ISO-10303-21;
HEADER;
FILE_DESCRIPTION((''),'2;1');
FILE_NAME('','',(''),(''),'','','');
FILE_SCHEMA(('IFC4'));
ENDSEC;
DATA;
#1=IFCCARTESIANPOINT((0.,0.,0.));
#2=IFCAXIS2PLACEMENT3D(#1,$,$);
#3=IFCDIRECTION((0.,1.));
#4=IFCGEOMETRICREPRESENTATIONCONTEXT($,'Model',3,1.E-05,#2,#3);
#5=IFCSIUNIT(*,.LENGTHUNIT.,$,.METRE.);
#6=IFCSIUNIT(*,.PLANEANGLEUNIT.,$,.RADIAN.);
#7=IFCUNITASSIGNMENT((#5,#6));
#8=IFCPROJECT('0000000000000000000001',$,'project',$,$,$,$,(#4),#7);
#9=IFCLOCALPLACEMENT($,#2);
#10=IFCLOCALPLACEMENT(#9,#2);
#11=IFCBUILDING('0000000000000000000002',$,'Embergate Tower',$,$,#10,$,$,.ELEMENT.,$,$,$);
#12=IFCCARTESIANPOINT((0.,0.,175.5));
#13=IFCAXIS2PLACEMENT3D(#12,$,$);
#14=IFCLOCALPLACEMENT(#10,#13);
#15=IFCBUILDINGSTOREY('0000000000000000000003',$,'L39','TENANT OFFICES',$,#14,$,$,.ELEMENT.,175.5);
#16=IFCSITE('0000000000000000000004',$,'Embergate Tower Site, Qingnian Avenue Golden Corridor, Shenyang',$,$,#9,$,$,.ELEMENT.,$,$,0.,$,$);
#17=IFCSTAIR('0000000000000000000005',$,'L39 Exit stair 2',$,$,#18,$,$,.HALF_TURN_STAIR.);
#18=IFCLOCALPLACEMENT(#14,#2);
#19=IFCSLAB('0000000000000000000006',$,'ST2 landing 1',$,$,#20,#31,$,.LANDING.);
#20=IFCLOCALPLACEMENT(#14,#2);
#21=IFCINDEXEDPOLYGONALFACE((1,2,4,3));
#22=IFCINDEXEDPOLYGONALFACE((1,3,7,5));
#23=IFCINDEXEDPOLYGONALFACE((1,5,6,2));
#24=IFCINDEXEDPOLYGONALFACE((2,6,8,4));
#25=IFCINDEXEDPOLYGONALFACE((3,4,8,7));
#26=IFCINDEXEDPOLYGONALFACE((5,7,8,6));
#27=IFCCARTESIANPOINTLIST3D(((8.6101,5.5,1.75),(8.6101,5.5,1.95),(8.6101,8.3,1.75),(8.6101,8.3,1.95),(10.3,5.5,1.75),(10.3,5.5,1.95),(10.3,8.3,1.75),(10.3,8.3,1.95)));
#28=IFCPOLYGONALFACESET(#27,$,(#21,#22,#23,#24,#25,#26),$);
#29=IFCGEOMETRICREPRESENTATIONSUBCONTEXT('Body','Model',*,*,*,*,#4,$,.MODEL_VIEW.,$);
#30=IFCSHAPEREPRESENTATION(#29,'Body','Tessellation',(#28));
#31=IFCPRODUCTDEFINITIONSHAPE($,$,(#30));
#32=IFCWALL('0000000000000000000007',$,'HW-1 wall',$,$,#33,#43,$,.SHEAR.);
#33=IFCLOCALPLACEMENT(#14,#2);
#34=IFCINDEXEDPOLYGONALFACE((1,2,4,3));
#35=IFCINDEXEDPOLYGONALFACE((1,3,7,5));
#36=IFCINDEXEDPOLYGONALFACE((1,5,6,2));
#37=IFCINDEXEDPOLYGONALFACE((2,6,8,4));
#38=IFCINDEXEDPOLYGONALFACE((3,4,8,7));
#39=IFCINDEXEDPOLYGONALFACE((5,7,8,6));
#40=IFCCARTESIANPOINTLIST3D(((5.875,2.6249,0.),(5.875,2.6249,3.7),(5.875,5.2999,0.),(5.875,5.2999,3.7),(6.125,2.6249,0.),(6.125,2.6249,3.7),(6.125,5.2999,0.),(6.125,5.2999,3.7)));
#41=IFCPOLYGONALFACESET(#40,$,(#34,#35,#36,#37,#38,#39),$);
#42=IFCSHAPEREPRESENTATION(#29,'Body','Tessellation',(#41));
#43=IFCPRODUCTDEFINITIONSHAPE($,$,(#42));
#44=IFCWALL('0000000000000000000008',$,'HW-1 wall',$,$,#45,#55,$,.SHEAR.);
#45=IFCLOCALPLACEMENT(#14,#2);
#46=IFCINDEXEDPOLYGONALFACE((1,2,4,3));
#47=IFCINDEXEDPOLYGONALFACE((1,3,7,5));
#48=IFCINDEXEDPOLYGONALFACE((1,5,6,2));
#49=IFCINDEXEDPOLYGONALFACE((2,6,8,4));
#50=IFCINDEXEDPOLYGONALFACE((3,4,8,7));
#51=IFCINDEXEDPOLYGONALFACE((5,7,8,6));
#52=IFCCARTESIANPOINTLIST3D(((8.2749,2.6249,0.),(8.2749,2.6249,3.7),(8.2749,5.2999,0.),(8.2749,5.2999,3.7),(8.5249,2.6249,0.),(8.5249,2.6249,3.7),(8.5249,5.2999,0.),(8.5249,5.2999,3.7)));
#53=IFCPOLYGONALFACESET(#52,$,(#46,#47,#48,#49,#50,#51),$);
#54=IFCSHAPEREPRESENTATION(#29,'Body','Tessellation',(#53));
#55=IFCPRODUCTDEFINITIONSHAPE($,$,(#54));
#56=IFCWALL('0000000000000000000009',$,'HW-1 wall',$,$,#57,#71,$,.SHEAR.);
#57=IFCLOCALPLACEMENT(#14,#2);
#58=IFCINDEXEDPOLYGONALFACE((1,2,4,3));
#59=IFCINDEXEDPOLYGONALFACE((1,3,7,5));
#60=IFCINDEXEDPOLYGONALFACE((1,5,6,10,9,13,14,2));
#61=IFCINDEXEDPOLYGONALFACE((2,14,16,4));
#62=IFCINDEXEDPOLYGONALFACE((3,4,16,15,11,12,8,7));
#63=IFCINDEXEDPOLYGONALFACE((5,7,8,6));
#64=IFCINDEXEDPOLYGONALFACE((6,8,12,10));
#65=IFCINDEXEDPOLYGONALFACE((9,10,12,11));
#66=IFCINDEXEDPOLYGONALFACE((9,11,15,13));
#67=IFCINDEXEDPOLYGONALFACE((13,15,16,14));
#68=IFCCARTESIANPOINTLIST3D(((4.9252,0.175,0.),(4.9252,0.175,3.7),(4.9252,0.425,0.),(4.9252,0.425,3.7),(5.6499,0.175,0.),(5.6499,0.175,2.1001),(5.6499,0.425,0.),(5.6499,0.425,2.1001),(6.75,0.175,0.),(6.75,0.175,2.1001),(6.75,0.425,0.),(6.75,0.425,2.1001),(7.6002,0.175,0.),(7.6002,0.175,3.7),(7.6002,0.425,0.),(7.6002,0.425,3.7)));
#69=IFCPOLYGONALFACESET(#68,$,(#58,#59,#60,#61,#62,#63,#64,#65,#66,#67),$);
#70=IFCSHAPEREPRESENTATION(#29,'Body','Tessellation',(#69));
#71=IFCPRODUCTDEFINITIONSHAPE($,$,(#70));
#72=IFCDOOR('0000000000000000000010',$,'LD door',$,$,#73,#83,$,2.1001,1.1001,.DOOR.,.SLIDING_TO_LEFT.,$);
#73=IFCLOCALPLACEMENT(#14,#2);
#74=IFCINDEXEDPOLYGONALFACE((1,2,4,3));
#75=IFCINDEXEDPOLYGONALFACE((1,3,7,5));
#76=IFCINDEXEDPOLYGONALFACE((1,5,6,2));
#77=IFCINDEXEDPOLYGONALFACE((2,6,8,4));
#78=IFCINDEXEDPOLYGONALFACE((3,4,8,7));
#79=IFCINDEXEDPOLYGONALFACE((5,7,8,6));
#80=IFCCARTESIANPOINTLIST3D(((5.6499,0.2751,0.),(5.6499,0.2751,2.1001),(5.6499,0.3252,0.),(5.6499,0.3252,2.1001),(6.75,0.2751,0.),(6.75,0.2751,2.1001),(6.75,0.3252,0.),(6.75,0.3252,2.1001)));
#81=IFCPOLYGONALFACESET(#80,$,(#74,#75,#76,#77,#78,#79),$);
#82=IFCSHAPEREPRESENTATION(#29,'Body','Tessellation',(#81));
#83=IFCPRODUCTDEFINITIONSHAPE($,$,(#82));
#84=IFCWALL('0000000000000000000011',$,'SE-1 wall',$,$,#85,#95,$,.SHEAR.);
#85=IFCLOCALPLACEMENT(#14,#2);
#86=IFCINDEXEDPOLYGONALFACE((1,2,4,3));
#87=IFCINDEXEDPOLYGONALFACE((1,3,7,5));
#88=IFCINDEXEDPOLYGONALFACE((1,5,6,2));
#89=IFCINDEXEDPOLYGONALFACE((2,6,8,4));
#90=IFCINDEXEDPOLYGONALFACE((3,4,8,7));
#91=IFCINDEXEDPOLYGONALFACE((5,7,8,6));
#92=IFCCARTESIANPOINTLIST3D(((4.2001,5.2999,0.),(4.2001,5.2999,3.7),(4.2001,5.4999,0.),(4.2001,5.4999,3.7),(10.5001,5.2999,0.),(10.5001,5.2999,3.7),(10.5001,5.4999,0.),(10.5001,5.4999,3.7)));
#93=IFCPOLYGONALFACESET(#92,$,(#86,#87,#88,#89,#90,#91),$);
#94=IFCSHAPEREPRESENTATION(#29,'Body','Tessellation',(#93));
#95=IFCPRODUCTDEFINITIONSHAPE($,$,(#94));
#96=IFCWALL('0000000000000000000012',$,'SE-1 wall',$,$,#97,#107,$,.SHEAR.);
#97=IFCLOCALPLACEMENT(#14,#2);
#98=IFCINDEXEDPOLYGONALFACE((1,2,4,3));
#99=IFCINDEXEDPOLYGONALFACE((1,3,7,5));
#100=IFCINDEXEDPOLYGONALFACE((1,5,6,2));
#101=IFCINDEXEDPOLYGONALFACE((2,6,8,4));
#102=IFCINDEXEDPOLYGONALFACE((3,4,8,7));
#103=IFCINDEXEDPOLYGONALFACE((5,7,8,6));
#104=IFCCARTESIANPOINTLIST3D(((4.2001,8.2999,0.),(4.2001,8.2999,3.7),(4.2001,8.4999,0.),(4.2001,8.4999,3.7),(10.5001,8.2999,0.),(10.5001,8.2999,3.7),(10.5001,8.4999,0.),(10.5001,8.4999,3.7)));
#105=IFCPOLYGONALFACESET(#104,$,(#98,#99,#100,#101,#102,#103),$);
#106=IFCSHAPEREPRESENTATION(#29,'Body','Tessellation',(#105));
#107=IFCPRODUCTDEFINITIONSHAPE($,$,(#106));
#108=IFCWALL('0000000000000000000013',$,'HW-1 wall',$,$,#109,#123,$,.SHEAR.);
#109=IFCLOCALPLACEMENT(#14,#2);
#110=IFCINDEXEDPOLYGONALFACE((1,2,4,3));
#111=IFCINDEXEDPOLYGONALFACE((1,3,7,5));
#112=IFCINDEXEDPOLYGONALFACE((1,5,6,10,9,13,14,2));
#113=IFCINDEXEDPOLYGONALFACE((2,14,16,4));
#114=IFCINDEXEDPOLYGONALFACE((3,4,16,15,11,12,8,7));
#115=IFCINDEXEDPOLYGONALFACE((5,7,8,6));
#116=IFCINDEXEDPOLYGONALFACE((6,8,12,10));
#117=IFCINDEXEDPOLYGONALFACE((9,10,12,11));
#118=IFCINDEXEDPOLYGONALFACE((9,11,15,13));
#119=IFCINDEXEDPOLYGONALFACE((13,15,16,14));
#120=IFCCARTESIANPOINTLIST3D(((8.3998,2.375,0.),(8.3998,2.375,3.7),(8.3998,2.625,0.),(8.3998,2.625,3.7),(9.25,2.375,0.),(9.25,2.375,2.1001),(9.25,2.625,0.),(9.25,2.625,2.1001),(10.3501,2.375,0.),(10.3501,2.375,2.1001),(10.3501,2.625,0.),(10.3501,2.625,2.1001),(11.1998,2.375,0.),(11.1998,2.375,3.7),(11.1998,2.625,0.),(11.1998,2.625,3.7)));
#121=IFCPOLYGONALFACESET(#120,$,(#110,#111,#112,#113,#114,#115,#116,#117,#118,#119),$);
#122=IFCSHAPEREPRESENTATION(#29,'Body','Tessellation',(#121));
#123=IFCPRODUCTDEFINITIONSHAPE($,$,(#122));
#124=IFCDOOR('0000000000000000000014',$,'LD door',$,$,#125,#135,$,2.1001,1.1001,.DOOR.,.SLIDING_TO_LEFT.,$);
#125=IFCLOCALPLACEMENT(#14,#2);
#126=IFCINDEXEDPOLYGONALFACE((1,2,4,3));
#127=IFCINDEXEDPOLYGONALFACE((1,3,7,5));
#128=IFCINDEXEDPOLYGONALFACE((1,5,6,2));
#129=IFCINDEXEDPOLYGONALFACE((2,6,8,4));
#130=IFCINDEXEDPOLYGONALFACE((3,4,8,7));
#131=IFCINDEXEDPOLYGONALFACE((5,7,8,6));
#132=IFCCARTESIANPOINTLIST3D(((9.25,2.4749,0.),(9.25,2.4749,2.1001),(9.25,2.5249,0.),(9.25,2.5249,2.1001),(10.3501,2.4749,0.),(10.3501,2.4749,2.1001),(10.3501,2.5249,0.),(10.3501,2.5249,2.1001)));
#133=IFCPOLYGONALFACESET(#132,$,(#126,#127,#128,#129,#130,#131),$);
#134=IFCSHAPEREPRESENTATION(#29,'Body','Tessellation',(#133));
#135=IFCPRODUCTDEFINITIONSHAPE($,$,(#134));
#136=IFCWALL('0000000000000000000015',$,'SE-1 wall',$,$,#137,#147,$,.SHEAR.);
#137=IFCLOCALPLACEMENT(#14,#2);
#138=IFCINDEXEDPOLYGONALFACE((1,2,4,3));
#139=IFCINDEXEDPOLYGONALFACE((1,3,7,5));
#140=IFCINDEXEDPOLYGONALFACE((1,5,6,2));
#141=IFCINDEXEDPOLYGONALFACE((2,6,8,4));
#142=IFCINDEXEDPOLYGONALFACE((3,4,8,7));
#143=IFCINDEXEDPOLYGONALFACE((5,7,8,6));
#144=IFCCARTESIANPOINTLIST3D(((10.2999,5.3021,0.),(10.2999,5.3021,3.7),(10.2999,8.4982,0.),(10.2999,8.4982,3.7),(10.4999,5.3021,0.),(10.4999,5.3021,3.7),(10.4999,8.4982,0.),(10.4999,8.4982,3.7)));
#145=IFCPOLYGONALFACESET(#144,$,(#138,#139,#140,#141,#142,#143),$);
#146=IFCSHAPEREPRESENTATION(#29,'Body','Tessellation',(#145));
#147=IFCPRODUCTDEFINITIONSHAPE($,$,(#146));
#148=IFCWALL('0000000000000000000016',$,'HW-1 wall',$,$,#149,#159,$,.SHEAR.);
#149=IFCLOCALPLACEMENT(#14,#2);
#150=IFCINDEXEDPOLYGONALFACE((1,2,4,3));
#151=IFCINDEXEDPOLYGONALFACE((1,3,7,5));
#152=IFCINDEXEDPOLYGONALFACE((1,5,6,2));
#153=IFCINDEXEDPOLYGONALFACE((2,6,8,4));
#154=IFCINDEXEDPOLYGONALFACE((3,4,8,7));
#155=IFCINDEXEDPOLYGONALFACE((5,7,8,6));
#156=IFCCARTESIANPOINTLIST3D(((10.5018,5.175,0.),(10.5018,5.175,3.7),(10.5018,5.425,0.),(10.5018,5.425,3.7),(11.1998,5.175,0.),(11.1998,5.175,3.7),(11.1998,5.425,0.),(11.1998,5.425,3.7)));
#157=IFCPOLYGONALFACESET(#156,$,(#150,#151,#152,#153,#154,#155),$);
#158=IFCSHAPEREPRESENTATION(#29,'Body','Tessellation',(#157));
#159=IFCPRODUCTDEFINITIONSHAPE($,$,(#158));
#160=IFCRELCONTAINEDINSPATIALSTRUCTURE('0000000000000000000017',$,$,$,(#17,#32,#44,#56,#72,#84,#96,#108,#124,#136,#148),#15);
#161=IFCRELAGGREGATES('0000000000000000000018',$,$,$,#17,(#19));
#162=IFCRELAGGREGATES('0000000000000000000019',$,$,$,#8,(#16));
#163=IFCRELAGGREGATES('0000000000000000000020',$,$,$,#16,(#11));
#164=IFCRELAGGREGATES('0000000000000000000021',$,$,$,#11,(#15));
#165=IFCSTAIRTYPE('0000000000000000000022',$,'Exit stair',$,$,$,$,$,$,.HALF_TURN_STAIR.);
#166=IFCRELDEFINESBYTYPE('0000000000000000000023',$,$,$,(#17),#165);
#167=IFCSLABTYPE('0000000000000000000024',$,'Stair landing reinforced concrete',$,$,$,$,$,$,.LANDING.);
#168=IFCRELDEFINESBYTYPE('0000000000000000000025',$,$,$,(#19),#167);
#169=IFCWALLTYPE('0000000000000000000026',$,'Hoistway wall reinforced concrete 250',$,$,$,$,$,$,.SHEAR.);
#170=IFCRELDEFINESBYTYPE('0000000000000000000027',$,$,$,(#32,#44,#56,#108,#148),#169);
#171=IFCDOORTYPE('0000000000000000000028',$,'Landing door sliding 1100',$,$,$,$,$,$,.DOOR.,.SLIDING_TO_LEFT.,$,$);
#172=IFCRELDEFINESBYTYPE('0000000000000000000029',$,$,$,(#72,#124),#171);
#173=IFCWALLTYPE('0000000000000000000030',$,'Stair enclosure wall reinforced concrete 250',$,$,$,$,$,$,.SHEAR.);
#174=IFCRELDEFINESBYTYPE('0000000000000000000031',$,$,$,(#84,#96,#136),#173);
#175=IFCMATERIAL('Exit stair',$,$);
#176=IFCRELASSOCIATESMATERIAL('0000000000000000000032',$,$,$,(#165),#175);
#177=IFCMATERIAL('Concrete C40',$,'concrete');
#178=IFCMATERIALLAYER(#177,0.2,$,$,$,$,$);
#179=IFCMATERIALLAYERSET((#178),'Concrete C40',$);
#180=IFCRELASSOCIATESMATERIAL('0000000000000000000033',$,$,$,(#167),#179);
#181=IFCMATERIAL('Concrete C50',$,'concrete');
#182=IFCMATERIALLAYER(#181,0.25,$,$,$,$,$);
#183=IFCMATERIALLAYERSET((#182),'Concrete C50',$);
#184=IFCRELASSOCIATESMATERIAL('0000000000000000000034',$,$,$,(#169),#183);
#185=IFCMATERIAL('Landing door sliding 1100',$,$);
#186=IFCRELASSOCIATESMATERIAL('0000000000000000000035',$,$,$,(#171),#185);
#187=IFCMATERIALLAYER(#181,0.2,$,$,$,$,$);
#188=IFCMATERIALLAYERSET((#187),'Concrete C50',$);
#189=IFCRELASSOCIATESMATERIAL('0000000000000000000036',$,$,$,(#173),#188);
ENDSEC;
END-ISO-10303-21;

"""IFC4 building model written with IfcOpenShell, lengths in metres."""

from ifc_helpers import new_model, si_unit, direction, frame, frame_2d, origin, place, context, subcontext, project, spatial, polyline, rectangle, outline, extrude, source, transform, mapped, material, layer, layer_set, type_object, element, fill, aggregate, save


model = new_model("IFC4")

# Units and contexts
model_context = context("Model", 3, precision=1e-05, world=origin(), true_north=direction((0.0, 1.0)))
body_context = subcontext(model_context, "Body", "Model", "MODEL_VIEW")
ifc_project = project(units=[si_unit("LENGTHUNIT", "METRE"), si_unit("PLANEANGLEUNIT", "RADIAN")], contexts=[model_context])

# Site, building, storey
site_placement = place(None, origin())
site = spatial("IfcSite", under=ifc_project, at=site_placement, Name="Embergate Tower Site, Qingnian Avenue Golden Corridor, Shenyang", CompositionType="ELEMENT", RefElevation=0.0)
building_placement = place(site_placement, origin())
building = spatial("IfcBuilding", under=site, at=building_placement, Name="Embergate Tower", CompositionType="ELEMENT")
storey_placement = place(building_placement, frame((0.0, 0.0, 175.5)))
storey = spatial("IfcBuildingStorey", under=building, at=storey_placement, Name="L39", Description="TENANT OFFICES", CompositionType="ELEMENT", Elevation=175.5)

# Stair, slab
ifc_material_1 = material(Name="Exit stair")
stair_type = type_object("IfcStairType", Name="Exit stair", PredefinedType="HALF_TURN_STAIR", material=ifc_material_1)
stair_placement = place(storey_placement, origin())
stair = element("IfcStair", 1, at=stair_placement, inside=storey, type_object=stair_type, Name="L39 Exit stair 2", PredefinedType="HALF_TURN_STAIR")
ifc_material_2 = material(Name="Concrete C40", Category="concrete")
ifc_layer_1 = layer(ifc_material_2, 0.2)
ifc_layer_set_1 = layer_set([ifc_layer_1], Name="Concrete C40")
slab_type = type_object("IfcSlabType", Name="Stair landing reinforced concrete", PredefinedType="LANDING", material=ifc_layer_set_1)
shared_shape_1 = source(origin(), body_context, "Body", "SweptSolid", [
    extrude(outline(polyline([(0.0, 0.0), (1.6899, 0.0), (1.6899, 2.8), (0.0, 2.8), (0.0, 0.0)])), origin(), (0.0, 0.0, 1.0), 0.2),
])
slab_placement = place(storey_placement, frame((8.6101, 5.5, 1.75)))
slab = element("IfcSlab", 2, at=slab_placement, type_object=slab_type, Name="ST2 landing 1", PredefinedType="LANDING", context=body_context, shape_type="MappedRepresentation", body=[
    mapped(shared_shape_1, transform((0.0, 0.0, 0.0))),
])

# Walls
ifc_material_3 = material(Name="Concrete C50", Category="concrete")
ifc_layer_2 = layer(ifc_material_3, 0.25)
ifc_layer_set_2 = layer_set([ifc_layer_2], Name="Concrete C50")
wall_type_1 = type_object("IfcWallType", Name="Hoistway wall reinforced concrete 250", PredefinedType="SHEAR", material=ifc_layer_set_2)
shared_shape_2 = source(origin(), body_context, "Body", "SweptSolid", [
    extrude(rectangle(XDim=2.675, YDim=0.25, at=frame_2d((1.3374, 0.0))), origin(), (0.0, 0.0, 1.0), 3.7),
])
for number, where, z_axis, x_axis, name in (
    (3, (6.0, 2.625, 0.0), (0.0, 0.0, 1.0), (0.0, 1.0, 0.0), "HW-1 wall"),
    (4, (8.3999, 2.625, 0.0), (0.0, 0.0, 1.0), (0.0, 1.0, 0.0), "HW-1 wall"),
):
    element("IfcWall", number, at=place(storey_placement, frame(where, z_axis=z_axis, x_axis=x_axis)), inside=storey, type_object=wall_type_1, Name=name, PredefinedType="SHEAR", context=body_context, shape_type="MappedRepresentation", body=[
        mapped(shared_shape_2, transform((0.0, 0.0, 0.0))),
    ])

# Wall, opening, door
wall_1_placement = place(storey_placement, frame((7.6001, 0.3, 0.0), z_axis=(0.0, 0.0, 1.0), x_axis=(-1.0, 0.0, 0.0)))
wall_1 = element("IfcWall", 5, at=wall_1_placement, inside=storey, type_object=wall_type_1, Name="HW-1 wall", PredefinedType="SHEAR", context=body_context, shape_type="MappedRepresentation", body=[
    mapped(shared_shape_2, transform((0.0, 0.0, 0.0))),
])
shared_shape_3 = source(origin(), body_context, "Body", "SweptSolid", [
    extrude(rectangle(XDim=1.1001, YDim=2.1001, at=frame_2d((0.55, 1.05))), frame((0.0, 0.135, 0.0), z_axis=(0.0, -1.0, 0.0), x_axis=(1.0, 0.0, 0.0)), (0.0, 0.0, 1.0), 0.27),
])
opening_1_placement = place(wall_1_placement, frame((0.8501, 0.0, 0.0)))
opening_1 = element("IfcOpeningElement", 6, at=opening_1_placement, cuts=wall_1, PredefinedType="OPENING", context=body_context, shape_type="MappedRepresentation", body=[
    mapped(shared_shape_3, transform((0.0, 0.0, 0.0))),
])
ifc_material_4 = material(Name="Landing door sliding 1100")
door_type_1 = type_object("IfcDoorType", Name="Landing door sliding 1100", OperationType="SLIDING_TO_LEFT", PredefinedType="DOOR", material=ifc_material_4)
shared_shape_4 = source(origin(), body_context, "Body", "SweptSolid", [
    extrude(rectangle(XDim=1.1001, YDim=2.1001, at=frame_2d((0.55, 1.05))), frame((0.0, 0.0249, 0.0), z_axis=(0.0, -1.0, 0.0), x_axis=(1.0, 0.0, 0.0)), (0.0, 0.0, 1.0), 0.05),
])
door_1_placement = place(opening_1_placement, origin())
door_1 = element("IfcDoor", 7, at=door_1_placement, inside=storey, type_object=door_type_1, Name="LD door", OperationType="SLIDING_TO_LEFT", OverallHeight=2.1001, OverallWidth=1.1001, PredefinedType="DOOR", context=body_context, shape_type="MappedRepresentation", body=[
    mapped(shared_shape_4, transform((0.0, 0.0, 0.0))),
])
fill(opening_1, door_1)

# Walls
ifc_layer_3 = layer(ifc_material_3, 0.2)
ifc_layer_set_3 = layer_set([ifc_layer_3], Name="Concrete C50")
wall_type_2 = type_object("IfcWallType", Name="Stair enclosure wall reinforced concrete 250", PredefinedType="SHEAR", material=ifc_layer_set_3)
shared_shape_5 = source(origin(), body_context, "Body", "SweptSolid", [
    extrude(rectangle(XDim=6.3, YDim=0.2, at=frame_2d((3.1499, 0.0))), origin(), (0.0, 0.0, 1.0), 3.7),
])
for number, where, z_axis, x_axis, name in (
    (8, (10.5, 5.3999, 0.0), (0.0, 0.0, 1.0), (-1.0, 0.0, 0.0), "SE-1 wall"),
    (9, (10.5, 8.3999, 0.0), (0.0, 0.0, 1.0), (-1.0, 0.0, 0.0), "SE-1 wall"),
):
    element("IfcWall", number, at=place(storey_placement, frame(where, z_axis=z_axis, x_axis=x_axis)), inside=storey, type_object=wall_type_2, Name=name, PredefinedType="SHEAR", context=body_context, shape_type="MappedRepresentation", body=[
        mapped(shared_shape_5, transform((0.0, 0.0, 0.0))),
    ])

# Wall, opening, door
shared_shape_6 = source(origin(), body_context, "Body", "SweptSolid", [
    extrude(rectangle(XDim=2.8, YDim=0.25, at=frame_2d((1.3999, 0.0))), origin(), (0.0, 0.0, 1.0), 3.7),
])
wall_2_placement = place(storey_placement, frame((8.3999, 2.5, 0.0), z_axis=(0.0, 0.0, 1.0), x_axis=(1.0, 0.0, 0.0)))
wall_2 = element("IfcWall", 10, at=wall_2_placement, inside=storey, type_object=wall_type_1, Name="HW-1 wall", PredefinedType="SHEAR", context=body_context, shape_type="MappedRepresentation", body=[
    mapped(shared_shape_6, transform((0.0, 0.0, 0.0))),
])
opening_2_placement = place(wall_2_placement, frame((0.8501, 0.0, 0.0)))
opening_2 = element("IfcOpeningElement", 11, at=opening_2_placement, cuts=wall_2, PredefinedType="OPENING", context=body_context, shape_type="MappedRepresentation", body=[
    mapped(shared_shape_3, transform((0.0, 0.0, 0.0))),
])
door_2_placement = place(opening_2_placement, origin())
door_2 = element("IfcDoor", 12, at=door_2_placement, inside=storey, type_object=door_type_1, Name="LD door", OperationType="SLIDING_TO_LEFT", OverallHeight=2.1001, OverallWidth=1.1001, PredefinedType="DOOR", context=body_context, shape_type="MappedRepresentation", body=[
    mapped(shared_shape_4, transform((0.0, 0.0, 0.0))),
])
fill(opening_2, door_2)

# Walls
shared_shape_7 = source(origin(), body_context, "Body", "SweptSolid", [
    extrude(rectangle(XDim=3.196, YDim=0.2, at=frame_2d((1.5981, 0.0))), origin(), (0.0, 0.0, 1.0), 3.7),
])
wall_3_placement = place(storey_placement, frame((10.3999, 5.302, 0.0), z_axis=(0.0, 0.0, 1.0), x_axis=(0.0, 1.0, 0.0)))
element("IfcWall", 13, at=wall_3_placement, inside=storey, type_object=wall_type_2, Name="SE-1 wall", PredefinedType="SHEAR", context=body_context, shape_type="MappedRepresentation", body=[
    mapped(shared_shape_7, transform((0.0, 0.0, 0.0))),
])
shared_shape_8 = source(origin(), body_context, "Body", "SweptSolid", [
    extrude(rectangle(XDim=0.698, YDim=0.25, at=frame_2d((0.3491, 0.0))), origin(), (0.0, 0.0, 1.0), 3.7),
])
wall_4_placement = place(storey_placement, frame((11.2, 5.3, 0.0), z_axis=(0.0, 0.0, 1.0), x_axis=(-1.0, 0.0, 0.0)))
element("IfcWall", 14, at=wall_4_placement, inside=storey, type_object=wall_type_1, Name="HW-1 wall", PredefinedType="SHEAR", context=body_context, shape_type="MappedRepresentation", body=[
    mapped(shared_shape_8, transform((0.0, 0.0, 0.0))),
])

aggregate(stair, [slab])

save(model, "model.ifc")
